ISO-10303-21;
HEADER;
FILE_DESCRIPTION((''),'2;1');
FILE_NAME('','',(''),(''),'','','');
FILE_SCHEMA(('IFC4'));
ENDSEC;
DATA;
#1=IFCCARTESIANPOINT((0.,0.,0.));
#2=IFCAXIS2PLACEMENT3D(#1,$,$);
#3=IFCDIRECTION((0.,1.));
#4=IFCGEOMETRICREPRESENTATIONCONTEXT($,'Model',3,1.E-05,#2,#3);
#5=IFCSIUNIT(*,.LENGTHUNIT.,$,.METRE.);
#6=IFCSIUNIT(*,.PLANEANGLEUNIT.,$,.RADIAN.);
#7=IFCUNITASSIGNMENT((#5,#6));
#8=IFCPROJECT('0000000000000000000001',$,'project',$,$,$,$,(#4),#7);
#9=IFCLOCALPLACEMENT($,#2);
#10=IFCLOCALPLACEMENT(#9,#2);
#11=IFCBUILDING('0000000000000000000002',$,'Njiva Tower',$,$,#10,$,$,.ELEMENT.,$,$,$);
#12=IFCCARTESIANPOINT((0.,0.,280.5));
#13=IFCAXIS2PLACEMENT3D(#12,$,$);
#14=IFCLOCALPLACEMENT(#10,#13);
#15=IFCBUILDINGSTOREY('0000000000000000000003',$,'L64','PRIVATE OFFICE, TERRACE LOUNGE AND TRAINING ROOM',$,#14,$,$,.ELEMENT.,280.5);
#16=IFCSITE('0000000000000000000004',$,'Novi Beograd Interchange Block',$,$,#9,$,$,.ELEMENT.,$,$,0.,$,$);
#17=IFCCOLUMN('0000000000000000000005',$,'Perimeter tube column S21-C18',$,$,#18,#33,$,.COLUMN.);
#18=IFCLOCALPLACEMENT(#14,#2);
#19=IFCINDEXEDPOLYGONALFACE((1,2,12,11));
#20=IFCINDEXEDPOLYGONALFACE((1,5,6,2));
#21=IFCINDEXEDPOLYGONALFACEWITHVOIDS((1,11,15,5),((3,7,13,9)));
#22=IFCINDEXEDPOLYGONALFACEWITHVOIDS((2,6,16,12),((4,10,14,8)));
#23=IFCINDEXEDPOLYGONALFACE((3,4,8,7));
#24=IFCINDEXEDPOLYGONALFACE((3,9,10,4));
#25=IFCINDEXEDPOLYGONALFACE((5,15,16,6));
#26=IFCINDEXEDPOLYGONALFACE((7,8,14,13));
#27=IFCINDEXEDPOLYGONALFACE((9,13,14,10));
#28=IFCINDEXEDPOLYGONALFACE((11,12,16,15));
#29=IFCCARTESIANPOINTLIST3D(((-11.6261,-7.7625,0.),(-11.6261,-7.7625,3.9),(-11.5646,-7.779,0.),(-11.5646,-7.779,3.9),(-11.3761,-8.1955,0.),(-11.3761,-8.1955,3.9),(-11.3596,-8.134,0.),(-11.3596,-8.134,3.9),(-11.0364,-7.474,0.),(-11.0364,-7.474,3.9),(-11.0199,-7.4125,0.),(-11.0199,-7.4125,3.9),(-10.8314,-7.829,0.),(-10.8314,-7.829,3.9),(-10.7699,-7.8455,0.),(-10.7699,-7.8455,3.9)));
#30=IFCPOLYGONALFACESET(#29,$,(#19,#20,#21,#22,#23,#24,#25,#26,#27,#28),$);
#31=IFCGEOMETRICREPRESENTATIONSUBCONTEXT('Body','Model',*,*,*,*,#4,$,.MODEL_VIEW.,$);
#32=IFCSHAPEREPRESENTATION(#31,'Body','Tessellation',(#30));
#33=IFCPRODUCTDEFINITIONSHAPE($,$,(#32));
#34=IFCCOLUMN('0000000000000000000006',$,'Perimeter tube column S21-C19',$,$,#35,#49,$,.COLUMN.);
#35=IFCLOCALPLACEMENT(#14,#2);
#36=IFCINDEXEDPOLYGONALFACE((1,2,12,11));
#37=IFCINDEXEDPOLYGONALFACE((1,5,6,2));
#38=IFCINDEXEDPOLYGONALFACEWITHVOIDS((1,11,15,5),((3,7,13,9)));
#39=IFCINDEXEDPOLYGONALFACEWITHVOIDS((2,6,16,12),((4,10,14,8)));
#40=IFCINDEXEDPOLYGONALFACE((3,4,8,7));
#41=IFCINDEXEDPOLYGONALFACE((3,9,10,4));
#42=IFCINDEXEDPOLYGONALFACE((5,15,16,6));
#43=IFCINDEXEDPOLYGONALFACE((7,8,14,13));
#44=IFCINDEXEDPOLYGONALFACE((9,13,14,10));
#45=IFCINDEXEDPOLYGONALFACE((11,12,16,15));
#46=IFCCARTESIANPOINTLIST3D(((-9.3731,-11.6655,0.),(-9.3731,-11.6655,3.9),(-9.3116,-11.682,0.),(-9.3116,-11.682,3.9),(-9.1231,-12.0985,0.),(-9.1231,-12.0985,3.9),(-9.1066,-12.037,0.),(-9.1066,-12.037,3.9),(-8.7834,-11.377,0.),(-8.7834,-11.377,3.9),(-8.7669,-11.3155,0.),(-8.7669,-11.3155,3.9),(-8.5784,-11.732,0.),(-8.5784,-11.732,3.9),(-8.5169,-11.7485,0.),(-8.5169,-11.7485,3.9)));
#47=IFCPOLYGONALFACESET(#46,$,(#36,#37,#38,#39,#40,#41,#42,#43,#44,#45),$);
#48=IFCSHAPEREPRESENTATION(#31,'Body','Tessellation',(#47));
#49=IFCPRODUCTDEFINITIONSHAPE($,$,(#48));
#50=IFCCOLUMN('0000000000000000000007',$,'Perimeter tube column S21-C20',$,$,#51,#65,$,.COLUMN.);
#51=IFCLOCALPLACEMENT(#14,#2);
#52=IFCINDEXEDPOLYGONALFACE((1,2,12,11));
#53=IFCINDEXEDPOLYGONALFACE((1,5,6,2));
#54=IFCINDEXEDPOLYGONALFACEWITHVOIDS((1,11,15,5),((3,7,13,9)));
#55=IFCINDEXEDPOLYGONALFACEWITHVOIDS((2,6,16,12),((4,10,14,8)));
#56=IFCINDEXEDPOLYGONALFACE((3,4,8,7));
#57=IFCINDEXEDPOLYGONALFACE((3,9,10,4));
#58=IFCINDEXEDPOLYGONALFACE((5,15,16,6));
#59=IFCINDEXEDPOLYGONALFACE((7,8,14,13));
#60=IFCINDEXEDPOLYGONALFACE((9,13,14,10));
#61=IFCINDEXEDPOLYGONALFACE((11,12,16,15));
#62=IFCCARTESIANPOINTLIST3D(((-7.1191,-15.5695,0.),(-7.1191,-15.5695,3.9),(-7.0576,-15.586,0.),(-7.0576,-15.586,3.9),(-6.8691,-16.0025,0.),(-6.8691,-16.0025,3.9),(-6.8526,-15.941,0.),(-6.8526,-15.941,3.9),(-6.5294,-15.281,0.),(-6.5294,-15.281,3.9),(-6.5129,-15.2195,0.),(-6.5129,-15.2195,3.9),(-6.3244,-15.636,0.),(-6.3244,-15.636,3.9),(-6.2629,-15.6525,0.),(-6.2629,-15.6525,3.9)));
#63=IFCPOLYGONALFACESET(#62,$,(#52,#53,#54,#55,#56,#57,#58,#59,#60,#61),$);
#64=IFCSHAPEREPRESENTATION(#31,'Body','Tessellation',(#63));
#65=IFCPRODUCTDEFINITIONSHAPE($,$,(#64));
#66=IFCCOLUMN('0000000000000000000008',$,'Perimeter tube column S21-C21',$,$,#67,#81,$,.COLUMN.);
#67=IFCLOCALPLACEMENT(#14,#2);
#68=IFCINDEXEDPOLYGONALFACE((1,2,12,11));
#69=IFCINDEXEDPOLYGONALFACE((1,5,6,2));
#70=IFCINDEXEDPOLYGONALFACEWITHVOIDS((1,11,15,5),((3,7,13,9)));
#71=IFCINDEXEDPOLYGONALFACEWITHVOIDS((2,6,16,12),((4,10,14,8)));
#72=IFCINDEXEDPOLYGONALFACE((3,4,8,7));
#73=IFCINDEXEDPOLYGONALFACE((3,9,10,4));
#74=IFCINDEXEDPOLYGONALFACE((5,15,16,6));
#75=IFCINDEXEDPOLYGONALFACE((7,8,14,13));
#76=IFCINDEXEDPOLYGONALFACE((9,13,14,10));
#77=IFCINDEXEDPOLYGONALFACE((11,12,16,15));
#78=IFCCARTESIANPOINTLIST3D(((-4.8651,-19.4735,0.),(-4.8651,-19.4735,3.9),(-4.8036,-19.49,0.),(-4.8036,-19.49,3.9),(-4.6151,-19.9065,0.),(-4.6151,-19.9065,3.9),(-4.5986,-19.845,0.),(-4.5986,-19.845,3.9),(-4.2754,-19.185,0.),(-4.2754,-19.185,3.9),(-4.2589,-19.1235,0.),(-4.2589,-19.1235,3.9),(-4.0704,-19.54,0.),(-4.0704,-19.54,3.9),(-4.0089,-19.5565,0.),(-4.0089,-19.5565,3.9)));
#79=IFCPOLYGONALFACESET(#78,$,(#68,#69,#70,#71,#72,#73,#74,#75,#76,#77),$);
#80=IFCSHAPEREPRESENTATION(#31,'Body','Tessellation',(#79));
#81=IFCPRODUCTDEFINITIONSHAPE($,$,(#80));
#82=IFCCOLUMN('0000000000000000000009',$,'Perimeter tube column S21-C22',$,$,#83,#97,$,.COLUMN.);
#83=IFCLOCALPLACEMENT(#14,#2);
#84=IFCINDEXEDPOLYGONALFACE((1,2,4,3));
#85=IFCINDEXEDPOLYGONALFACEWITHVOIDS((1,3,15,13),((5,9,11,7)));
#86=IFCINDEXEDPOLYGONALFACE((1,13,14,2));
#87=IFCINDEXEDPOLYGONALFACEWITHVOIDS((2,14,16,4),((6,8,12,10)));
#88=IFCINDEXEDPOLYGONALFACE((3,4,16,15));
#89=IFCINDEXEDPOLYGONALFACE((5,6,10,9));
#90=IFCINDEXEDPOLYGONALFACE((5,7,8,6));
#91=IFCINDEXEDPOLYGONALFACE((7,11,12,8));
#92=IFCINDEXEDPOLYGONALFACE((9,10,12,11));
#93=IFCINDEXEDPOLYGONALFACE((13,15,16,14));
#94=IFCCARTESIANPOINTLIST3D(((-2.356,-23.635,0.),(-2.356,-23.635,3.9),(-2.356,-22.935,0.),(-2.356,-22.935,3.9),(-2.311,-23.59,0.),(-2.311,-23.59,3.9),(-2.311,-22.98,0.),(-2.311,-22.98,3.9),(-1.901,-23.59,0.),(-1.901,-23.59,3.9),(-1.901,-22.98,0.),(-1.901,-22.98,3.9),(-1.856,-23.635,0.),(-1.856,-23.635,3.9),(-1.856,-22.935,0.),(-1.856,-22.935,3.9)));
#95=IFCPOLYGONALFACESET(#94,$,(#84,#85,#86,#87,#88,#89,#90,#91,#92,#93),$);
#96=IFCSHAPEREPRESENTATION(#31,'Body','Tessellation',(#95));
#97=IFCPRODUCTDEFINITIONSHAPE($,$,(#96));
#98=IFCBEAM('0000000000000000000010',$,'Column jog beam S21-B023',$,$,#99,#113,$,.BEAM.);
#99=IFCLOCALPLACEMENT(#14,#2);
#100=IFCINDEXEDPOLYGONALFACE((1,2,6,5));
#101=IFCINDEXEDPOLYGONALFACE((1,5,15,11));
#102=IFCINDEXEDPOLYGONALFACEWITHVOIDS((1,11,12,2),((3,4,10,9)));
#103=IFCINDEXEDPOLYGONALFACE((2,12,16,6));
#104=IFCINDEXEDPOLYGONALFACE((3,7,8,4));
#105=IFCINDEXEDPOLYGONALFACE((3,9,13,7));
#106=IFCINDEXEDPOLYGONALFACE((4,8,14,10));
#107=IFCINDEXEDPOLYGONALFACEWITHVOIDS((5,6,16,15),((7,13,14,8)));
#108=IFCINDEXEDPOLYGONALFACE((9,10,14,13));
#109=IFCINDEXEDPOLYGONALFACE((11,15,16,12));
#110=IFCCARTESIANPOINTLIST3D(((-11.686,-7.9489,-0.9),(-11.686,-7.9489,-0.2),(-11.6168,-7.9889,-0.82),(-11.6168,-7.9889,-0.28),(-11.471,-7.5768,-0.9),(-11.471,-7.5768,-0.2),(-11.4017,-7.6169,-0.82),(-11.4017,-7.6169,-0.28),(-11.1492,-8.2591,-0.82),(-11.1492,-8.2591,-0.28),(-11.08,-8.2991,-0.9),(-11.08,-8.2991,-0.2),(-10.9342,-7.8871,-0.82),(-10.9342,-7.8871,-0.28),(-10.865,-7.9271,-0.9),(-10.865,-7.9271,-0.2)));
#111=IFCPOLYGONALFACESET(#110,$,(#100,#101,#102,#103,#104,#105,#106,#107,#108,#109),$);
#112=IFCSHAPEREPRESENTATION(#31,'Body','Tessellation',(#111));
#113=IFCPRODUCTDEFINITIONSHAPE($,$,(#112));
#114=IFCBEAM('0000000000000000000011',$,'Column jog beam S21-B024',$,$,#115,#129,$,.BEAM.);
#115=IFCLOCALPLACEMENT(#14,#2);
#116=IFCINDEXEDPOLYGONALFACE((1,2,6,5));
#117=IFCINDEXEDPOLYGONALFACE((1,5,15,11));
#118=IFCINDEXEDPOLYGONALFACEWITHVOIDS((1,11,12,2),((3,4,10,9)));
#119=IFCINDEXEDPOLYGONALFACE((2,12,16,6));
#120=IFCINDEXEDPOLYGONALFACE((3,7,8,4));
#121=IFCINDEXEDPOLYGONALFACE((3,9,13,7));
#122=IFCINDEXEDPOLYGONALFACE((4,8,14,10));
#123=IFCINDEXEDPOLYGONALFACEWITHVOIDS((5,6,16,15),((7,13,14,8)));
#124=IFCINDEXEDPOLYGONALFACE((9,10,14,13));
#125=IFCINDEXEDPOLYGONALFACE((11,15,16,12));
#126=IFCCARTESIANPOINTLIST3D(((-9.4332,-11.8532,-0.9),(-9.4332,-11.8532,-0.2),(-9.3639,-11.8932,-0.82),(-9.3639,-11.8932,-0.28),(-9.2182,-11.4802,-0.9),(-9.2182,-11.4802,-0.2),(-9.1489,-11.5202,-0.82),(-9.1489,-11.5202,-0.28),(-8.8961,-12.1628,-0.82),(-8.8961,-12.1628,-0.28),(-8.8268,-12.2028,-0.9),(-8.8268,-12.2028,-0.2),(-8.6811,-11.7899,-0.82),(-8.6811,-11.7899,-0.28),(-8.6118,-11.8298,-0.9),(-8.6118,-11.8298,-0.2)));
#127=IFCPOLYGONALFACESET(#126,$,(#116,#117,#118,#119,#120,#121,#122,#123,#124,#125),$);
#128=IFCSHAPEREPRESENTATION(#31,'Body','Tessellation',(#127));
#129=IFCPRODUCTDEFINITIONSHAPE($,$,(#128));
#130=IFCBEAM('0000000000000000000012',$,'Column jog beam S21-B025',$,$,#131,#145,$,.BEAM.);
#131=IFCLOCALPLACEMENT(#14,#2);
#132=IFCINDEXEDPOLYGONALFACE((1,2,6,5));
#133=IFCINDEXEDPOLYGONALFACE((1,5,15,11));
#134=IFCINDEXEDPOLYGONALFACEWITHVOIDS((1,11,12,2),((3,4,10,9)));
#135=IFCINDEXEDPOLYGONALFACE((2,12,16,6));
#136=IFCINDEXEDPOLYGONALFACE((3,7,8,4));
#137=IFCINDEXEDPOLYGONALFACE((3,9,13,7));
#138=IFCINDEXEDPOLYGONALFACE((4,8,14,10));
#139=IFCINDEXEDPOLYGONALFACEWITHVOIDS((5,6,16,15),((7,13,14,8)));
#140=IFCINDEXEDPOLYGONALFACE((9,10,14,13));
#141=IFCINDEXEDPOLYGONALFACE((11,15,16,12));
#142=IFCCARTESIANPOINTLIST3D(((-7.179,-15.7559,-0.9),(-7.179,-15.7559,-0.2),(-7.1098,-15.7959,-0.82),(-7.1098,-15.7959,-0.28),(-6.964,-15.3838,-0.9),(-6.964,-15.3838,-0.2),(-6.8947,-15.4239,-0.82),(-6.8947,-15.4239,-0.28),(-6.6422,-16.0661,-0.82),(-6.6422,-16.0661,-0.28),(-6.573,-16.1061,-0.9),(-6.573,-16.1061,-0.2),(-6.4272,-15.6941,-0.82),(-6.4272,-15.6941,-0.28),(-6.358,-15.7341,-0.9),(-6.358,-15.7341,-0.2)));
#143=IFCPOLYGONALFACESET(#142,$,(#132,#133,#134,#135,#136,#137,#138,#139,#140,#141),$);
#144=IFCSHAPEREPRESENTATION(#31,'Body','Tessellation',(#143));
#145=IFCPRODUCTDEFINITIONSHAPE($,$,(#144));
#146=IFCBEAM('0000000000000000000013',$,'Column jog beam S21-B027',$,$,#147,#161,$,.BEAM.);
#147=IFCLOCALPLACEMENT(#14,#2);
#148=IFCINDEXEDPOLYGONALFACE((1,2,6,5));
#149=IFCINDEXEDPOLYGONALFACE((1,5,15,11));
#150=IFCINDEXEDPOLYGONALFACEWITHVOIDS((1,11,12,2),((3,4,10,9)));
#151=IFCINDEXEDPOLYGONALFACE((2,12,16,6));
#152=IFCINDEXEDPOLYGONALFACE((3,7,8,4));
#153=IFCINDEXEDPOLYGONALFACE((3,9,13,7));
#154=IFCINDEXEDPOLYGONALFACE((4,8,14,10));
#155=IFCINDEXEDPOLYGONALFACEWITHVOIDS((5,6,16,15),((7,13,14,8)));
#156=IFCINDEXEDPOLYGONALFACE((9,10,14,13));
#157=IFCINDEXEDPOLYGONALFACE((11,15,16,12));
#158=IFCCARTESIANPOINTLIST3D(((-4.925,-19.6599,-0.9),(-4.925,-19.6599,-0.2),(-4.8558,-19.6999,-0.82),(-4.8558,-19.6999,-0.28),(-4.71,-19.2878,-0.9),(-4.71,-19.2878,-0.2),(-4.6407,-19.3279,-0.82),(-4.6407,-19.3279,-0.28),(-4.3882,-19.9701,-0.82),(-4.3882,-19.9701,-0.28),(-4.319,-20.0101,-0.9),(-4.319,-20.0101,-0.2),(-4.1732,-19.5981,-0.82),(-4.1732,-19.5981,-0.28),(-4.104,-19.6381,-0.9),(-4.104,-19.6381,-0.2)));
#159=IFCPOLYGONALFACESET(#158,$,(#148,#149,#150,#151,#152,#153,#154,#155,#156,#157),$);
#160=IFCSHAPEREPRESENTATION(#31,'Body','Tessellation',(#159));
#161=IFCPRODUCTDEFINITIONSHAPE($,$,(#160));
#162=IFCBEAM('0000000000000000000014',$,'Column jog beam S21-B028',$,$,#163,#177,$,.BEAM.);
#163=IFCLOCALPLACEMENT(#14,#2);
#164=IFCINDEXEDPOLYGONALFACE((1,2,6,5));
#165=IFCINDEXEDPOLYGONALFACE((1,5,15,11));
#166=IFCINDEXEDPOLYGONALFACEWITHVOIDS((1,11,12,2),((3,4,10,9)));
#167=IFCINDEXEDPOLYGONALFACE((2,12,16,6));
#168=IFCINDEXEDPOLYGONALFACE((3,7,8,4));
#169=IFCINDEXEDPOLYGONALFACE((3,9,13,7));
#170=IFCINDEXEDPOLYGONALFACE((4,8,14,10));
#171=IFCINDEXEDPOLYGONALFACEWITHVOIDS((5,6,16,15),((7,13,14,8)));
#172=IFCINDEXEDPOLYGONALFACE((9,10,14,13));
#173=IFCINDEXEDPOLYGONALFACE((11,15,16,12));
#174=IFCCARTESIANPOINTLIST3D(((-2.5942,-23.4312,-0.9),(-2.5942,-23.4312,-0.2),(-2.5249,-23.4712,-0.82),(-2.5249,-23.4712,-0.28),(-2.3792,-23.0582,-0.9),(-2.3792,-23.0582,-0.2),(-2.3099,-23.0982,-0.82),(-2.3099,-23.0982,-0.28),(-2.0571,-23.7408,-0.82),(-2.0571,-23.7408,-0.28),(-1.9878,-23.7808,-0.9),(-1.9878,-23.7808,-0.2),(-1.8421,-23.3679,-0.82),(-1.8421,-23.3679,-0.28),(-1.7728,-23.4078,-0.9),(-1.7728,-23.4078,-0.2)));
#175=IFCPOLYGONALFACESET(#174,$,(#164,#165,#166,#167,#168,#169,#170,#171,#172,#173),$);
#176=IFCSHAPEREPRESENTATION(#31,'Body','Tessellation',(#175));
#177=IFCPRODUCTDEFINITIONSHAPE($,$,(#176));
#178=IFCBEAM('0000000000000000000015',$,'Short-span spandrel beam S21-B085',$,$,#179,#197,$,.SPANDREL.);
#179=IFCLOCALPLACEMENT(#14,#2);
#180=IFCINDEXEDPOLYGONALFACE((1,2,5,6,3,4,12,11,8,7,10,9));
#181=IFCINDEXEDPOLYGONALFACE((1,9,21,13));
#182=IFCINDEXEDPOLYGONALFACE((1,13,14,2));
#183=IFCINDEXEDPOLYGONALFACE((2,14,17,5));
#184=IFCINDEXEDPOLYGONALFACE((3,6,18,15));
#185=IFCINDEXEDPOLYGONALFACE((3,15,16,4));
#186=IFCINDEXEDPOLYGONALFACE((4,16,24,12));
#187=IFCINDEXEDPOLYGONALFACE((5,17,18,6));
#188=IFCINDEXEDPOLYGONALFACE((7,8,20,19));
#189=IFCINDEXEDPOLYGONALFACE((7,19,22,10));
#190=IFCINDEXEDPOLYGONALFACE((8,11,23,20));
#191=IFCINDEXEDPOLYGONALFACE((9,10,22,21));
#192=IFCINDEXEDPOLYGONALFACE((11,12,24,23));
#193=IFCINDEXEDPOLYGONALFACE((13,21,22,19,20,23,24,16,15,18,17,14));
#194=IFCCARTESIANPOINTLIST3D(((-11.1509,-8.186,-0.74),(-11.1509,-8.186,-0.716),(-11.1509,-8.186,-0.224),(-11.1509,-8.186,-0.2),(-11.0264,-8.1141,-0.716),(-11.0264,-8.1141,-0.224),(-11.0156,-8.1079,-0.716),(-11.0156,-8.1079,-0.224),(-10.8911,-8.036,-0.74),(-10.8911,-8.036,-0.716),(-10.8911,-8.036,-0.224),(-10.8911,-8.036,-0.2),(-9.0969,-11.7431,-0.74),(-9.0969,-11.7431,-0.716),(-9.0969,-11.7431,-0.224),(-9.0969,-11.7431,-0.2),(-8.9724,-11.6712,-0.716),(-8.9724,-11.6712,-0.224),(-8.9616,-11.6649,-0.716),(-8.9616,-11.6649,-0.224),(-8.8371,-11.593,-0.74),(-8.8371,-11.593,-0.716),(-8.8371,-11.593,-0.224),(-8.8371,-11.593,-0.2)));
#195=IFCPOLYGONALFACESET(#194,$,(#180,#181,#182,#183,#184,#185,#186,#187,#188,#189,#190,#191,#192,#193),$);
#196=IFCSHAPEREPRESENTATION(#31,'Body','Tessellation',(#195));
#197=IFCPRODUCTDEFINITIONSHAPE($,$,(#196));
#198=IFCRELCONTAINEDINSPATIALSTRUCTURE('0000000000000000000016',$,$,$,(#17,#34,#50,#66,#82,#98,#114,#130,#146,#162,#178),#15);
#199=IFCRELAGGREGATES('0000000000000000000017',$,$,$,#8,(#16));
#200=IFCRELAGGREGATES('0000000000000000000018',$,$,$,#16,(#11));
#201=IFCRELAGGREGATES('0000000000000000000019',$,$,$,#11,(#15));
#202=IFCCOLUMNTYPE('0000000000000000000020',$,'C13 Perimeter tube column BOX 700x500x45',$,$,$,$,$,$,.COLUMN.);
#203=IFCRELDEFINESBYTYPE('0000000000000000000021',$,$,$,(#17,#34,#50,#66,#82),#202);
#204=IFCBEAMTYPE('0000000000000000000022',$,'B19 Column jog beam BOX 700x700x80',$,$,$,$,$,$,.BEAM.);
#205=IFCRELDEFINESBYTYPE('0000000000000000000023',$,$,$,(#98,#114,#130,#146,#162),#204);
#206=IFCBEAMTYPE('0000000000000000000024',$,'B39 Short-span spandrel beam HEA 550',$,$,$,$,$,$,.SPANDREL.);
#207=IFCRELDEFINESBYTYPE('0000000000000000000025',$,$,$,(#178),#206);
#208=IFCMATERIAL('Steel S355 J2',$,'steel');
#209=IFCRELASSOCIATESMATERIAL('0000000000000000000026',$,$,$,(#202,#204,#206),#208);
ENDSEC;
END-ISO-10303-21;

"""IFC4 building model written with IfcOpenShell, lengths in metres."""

from ifc_helpers import new_model, si_unit, direction, frame, origin, origin_2d, place, context, subcontext, project, spatial, hollow_rectangle, i_section, extrude, material, material_profile, profile_set, type_object, element, save


model = new_model("IFC4")

# Units and contexts
model_context = context("Model", 3, precision=1e-05, world=origin(), true_north=direction((0.0, 1.0)))
body_context = subcontext(model_context, "Body", "Model", "MODEL_VIEW")
ifc_project = project(units=[si_unit("LENGTHUNIT", "METRE"), si_unit("PLANEANGLEUNIT", "RADIAN")], contexts=[model_context])

# Site, building, storey
site_placement = place(None, origin())
site = spatial("IfcSite", under=ifc_project, at=site_placement, Name="Novi Beograd Interchange Block", CompositionType="ELEMENT", RefElevation=0.0)
building_placement = place(site_placement, origin())
building = spatial("IfcBuilding", under=site, at=building_placement, Name="Njiva Tower", CompositionType="ELEMENT")
storey_placement = place(building_placement, frame((0.0, 0.0, 280.5)))
storey = spatial("IfcBuildingStorey", under=building, at=storey_placement, Name="L64", Description="PRIVATE OFFICE, TERRACE LOUNGE AND TRAINING ROOM", CompositionType="ELEMENT", Elevation=280.5)

# Columns
ifc_material_1 = material(Name="Steel S355 J2", Category="steel")
ifc_material_profile_1 = material_profile(ifc_material_1, hollow_rectangle(XDim=0.5, YDim=0.7, WallThickness=0.045, at=origin_2d()), Name="BOX 700x500x45")
ifc_profile_set_1 = profile_set([ifc_material_profile_1], Name="Steel S355 J2")
column_type = type_object("IfcColumnType", Name="C13 Perimeter tube column BOX 700x500x45", PredefinedType="COLUMN", material=ifc_profile_set_1)
for number, where, z_axis, x_axis, name in (
    (1, (-11.198, -7.804, 0.0), (0.0, 0.0, 1.0), (0.5, -0.866025, 0.0), "Perimeter tube column S21-C18"),
    (2, (-8.945, -11.707, 0.0), (0.0, 0.0, 1.0), (0.5, -0.866025, 0.0), "Perimeter tube column S21-C19"),
    (3, (-6.691, -15.611, 0.0), (0.0, 0.0, 1.0), (0.5, -0.866025, 0.0), "Perimeter tube column S21-C20"),
    (4, (-4.437, -19.515, 0.0), (0.0, 0.0, 1.0), (0.5, -0.866025, 0.0), "Perimeter tube column S21-C21"),
    (5, (-2.106, -23.285, 0.0), (0.0, 0.0, 1.0), (1.0, 0.0, 0.0), "Perimeter tube column S21-C22"),
):
    element("IfcColumn", number, at=place(storey_placement, frame(where, z_axis=z_axis, x_axis=x_axis)), inside=storey, type_object=column_type, Name=name, PredefinedType="COLUMN", context=body_context, shape_type="SweptSolid", body=[
        extrude(hollow_rectangle(XDim=0.5, YDim=0.7, WallThickness=0.045, at=origin_2d()), origin(), (0.0, 0.0, 1.0), 3.9),
    ])

# Beams
ifc_material_profile_2 = material_profile(ifc_material_1, hollow_rectangle(XDim=0.7, YDim=0.7, WallThickness=0.08, at=origin_2d()), Name="BOX 700x700x80")
ifc_profile_set_2 = profile_set([ifc_material_profile_2], Name="Steel S355 J2")
beam_type_1 = type_object("IfcBeamType", Name="B19 Column jog beam BOX 700x700x80", PredefinedType="BEAM", material=ifc_profile_set_2)
beam_1_placement = place(storey_placement, frame((-11.383, -8.124, -0.55), z_axis=(0.500394, 0.865798, 0.0), x_axis=(-0.865798, 0.500394, 0.0)))
element("IfcBeam", 6, at=beam_1_placement, inside=storey, type_object=beam_type_1, Name="Column jog beam S21-B023", PredefinedType="BEAM", context=body_context, shape_type="SweptSolid", body=[
    extrude(hollow_rectangle(XDim=0.7, YDim=0.7, WallThickness=0.08, at=origin_2d()), origin(), (0.0, 0.0, 1.0), 0.4297),
])
beam_2_placement = place(storey_placement, frame((-9.13, -12.028, -0.55), z_axis=(0.499387, 0.866379, 0.0), x_axis=(-0.866379, 0.499387, 0.0)))
element("IfcBeam", 7, at=beam_2_placement, inside=storey, type_object=beam_type_1, Name="Column jog beam S21-B024", PredefinedType="BEAM", context=body_context, shape_type="SweptSolid", body=[
    extrude(hollow_rectangle(XDim=0.7, YDim=0.7, WallThickness=0.08, at=origin_2d()), origin(), (0.0, 0.0, 1.0), 0.4305),
])
for number, where, z_axis, x_axis, name in (
    (8, (-6.876, -15.931, -0.55), (0.500394, 0.865798, 0.0), (-0.865798, 0.500394, 0.0), "Column jog beam S21-B025"),
    (9, (-4.622, -19.835, -0.55), (0.500394, 0.865798, 0.0), (-0.865798, 0.500394, 0.0), "Column jog beam S21-B027"),
):
    element("IfcBeam", number, at=place(storey_placement, frame(where, z_axis=z_axis, x_axis=x_axis)), inside=storey, type_object=beam_type_1, Name=name, PredefinedType="BEAM", context=body_context, shape_type="SweptSolid", body=[
        extrude(hollow_rectangle(XDim=0.7, YDim=0.7, WallThickness=0.08, at=origin_2d()), origin(), (0.0, 0.0, 1.0), 0.4297),
    ])
beam_3_placement = place(storey_placement, frame((-2.291, -23.606, -0.55), z_axis=(0.499387, 0.866379, 0.0), x_axis=(-0.866379, 0.499387, 0.0)))
element("IfcBeam", 10, at=beam_3_placement, inside=storey, type_object=beam_type_1, Name="Column jog beam S21-B028", PredefinedType="BEAM", context=body_context, shape_type="SweptSolid", body=[
    extrude(hollow_rectangle(XDim=0.7, YDim=0.7, WallThickness=0.08, at=origin_2d()), origin(), (0.0, 0.0, 1.0), 0.4305),
])
ifc_material_profile_3 = material_profile(ifc_material_1, i_section(OverallWidth=0.3, OverallDepth=0.54, WebThickness=0.0125, FlangeThickness=0.024, at=origin_2d()), Name="HEA 550")
ifc_profile_set_3 = profile_set([ifc_material_profile_3], Name="Steel S355 J2")
beam_type_2 = type_object("IfcBeamType", Name="B39 Short-span spandrel beam HEA 550", PredefinedType="SPANDREL", material=ifc_profile_set_3)
for number, where, z_axis, x_axis, name in (
    (11, (-11.021, -8.111, -0.47), (0.500067, -0.865987, 0.0), (0.865987, 0.500067, 0.0), "Short-span spandrel beam S21-B085"),
):
    element("IfcBeam", number, at=place(storey_placement, frame(where, z_axis=z_axis, x_axis=x_axis)), inside=storey, type_object=beam_type_2, Name=name, PredefinedType="SPANDREL", context=body_context, shape_type="SweptSolid", body=[
        extrude(i_section(OverallWidth=0.3, OverallDepth=0.54, WebThickness=0.0125, FlangeThickness=0.024, at=origin_2d()), origin(), (0.0, 0.0, 1.0), 4.1075),
    ])

save(model, "model.ifc")
